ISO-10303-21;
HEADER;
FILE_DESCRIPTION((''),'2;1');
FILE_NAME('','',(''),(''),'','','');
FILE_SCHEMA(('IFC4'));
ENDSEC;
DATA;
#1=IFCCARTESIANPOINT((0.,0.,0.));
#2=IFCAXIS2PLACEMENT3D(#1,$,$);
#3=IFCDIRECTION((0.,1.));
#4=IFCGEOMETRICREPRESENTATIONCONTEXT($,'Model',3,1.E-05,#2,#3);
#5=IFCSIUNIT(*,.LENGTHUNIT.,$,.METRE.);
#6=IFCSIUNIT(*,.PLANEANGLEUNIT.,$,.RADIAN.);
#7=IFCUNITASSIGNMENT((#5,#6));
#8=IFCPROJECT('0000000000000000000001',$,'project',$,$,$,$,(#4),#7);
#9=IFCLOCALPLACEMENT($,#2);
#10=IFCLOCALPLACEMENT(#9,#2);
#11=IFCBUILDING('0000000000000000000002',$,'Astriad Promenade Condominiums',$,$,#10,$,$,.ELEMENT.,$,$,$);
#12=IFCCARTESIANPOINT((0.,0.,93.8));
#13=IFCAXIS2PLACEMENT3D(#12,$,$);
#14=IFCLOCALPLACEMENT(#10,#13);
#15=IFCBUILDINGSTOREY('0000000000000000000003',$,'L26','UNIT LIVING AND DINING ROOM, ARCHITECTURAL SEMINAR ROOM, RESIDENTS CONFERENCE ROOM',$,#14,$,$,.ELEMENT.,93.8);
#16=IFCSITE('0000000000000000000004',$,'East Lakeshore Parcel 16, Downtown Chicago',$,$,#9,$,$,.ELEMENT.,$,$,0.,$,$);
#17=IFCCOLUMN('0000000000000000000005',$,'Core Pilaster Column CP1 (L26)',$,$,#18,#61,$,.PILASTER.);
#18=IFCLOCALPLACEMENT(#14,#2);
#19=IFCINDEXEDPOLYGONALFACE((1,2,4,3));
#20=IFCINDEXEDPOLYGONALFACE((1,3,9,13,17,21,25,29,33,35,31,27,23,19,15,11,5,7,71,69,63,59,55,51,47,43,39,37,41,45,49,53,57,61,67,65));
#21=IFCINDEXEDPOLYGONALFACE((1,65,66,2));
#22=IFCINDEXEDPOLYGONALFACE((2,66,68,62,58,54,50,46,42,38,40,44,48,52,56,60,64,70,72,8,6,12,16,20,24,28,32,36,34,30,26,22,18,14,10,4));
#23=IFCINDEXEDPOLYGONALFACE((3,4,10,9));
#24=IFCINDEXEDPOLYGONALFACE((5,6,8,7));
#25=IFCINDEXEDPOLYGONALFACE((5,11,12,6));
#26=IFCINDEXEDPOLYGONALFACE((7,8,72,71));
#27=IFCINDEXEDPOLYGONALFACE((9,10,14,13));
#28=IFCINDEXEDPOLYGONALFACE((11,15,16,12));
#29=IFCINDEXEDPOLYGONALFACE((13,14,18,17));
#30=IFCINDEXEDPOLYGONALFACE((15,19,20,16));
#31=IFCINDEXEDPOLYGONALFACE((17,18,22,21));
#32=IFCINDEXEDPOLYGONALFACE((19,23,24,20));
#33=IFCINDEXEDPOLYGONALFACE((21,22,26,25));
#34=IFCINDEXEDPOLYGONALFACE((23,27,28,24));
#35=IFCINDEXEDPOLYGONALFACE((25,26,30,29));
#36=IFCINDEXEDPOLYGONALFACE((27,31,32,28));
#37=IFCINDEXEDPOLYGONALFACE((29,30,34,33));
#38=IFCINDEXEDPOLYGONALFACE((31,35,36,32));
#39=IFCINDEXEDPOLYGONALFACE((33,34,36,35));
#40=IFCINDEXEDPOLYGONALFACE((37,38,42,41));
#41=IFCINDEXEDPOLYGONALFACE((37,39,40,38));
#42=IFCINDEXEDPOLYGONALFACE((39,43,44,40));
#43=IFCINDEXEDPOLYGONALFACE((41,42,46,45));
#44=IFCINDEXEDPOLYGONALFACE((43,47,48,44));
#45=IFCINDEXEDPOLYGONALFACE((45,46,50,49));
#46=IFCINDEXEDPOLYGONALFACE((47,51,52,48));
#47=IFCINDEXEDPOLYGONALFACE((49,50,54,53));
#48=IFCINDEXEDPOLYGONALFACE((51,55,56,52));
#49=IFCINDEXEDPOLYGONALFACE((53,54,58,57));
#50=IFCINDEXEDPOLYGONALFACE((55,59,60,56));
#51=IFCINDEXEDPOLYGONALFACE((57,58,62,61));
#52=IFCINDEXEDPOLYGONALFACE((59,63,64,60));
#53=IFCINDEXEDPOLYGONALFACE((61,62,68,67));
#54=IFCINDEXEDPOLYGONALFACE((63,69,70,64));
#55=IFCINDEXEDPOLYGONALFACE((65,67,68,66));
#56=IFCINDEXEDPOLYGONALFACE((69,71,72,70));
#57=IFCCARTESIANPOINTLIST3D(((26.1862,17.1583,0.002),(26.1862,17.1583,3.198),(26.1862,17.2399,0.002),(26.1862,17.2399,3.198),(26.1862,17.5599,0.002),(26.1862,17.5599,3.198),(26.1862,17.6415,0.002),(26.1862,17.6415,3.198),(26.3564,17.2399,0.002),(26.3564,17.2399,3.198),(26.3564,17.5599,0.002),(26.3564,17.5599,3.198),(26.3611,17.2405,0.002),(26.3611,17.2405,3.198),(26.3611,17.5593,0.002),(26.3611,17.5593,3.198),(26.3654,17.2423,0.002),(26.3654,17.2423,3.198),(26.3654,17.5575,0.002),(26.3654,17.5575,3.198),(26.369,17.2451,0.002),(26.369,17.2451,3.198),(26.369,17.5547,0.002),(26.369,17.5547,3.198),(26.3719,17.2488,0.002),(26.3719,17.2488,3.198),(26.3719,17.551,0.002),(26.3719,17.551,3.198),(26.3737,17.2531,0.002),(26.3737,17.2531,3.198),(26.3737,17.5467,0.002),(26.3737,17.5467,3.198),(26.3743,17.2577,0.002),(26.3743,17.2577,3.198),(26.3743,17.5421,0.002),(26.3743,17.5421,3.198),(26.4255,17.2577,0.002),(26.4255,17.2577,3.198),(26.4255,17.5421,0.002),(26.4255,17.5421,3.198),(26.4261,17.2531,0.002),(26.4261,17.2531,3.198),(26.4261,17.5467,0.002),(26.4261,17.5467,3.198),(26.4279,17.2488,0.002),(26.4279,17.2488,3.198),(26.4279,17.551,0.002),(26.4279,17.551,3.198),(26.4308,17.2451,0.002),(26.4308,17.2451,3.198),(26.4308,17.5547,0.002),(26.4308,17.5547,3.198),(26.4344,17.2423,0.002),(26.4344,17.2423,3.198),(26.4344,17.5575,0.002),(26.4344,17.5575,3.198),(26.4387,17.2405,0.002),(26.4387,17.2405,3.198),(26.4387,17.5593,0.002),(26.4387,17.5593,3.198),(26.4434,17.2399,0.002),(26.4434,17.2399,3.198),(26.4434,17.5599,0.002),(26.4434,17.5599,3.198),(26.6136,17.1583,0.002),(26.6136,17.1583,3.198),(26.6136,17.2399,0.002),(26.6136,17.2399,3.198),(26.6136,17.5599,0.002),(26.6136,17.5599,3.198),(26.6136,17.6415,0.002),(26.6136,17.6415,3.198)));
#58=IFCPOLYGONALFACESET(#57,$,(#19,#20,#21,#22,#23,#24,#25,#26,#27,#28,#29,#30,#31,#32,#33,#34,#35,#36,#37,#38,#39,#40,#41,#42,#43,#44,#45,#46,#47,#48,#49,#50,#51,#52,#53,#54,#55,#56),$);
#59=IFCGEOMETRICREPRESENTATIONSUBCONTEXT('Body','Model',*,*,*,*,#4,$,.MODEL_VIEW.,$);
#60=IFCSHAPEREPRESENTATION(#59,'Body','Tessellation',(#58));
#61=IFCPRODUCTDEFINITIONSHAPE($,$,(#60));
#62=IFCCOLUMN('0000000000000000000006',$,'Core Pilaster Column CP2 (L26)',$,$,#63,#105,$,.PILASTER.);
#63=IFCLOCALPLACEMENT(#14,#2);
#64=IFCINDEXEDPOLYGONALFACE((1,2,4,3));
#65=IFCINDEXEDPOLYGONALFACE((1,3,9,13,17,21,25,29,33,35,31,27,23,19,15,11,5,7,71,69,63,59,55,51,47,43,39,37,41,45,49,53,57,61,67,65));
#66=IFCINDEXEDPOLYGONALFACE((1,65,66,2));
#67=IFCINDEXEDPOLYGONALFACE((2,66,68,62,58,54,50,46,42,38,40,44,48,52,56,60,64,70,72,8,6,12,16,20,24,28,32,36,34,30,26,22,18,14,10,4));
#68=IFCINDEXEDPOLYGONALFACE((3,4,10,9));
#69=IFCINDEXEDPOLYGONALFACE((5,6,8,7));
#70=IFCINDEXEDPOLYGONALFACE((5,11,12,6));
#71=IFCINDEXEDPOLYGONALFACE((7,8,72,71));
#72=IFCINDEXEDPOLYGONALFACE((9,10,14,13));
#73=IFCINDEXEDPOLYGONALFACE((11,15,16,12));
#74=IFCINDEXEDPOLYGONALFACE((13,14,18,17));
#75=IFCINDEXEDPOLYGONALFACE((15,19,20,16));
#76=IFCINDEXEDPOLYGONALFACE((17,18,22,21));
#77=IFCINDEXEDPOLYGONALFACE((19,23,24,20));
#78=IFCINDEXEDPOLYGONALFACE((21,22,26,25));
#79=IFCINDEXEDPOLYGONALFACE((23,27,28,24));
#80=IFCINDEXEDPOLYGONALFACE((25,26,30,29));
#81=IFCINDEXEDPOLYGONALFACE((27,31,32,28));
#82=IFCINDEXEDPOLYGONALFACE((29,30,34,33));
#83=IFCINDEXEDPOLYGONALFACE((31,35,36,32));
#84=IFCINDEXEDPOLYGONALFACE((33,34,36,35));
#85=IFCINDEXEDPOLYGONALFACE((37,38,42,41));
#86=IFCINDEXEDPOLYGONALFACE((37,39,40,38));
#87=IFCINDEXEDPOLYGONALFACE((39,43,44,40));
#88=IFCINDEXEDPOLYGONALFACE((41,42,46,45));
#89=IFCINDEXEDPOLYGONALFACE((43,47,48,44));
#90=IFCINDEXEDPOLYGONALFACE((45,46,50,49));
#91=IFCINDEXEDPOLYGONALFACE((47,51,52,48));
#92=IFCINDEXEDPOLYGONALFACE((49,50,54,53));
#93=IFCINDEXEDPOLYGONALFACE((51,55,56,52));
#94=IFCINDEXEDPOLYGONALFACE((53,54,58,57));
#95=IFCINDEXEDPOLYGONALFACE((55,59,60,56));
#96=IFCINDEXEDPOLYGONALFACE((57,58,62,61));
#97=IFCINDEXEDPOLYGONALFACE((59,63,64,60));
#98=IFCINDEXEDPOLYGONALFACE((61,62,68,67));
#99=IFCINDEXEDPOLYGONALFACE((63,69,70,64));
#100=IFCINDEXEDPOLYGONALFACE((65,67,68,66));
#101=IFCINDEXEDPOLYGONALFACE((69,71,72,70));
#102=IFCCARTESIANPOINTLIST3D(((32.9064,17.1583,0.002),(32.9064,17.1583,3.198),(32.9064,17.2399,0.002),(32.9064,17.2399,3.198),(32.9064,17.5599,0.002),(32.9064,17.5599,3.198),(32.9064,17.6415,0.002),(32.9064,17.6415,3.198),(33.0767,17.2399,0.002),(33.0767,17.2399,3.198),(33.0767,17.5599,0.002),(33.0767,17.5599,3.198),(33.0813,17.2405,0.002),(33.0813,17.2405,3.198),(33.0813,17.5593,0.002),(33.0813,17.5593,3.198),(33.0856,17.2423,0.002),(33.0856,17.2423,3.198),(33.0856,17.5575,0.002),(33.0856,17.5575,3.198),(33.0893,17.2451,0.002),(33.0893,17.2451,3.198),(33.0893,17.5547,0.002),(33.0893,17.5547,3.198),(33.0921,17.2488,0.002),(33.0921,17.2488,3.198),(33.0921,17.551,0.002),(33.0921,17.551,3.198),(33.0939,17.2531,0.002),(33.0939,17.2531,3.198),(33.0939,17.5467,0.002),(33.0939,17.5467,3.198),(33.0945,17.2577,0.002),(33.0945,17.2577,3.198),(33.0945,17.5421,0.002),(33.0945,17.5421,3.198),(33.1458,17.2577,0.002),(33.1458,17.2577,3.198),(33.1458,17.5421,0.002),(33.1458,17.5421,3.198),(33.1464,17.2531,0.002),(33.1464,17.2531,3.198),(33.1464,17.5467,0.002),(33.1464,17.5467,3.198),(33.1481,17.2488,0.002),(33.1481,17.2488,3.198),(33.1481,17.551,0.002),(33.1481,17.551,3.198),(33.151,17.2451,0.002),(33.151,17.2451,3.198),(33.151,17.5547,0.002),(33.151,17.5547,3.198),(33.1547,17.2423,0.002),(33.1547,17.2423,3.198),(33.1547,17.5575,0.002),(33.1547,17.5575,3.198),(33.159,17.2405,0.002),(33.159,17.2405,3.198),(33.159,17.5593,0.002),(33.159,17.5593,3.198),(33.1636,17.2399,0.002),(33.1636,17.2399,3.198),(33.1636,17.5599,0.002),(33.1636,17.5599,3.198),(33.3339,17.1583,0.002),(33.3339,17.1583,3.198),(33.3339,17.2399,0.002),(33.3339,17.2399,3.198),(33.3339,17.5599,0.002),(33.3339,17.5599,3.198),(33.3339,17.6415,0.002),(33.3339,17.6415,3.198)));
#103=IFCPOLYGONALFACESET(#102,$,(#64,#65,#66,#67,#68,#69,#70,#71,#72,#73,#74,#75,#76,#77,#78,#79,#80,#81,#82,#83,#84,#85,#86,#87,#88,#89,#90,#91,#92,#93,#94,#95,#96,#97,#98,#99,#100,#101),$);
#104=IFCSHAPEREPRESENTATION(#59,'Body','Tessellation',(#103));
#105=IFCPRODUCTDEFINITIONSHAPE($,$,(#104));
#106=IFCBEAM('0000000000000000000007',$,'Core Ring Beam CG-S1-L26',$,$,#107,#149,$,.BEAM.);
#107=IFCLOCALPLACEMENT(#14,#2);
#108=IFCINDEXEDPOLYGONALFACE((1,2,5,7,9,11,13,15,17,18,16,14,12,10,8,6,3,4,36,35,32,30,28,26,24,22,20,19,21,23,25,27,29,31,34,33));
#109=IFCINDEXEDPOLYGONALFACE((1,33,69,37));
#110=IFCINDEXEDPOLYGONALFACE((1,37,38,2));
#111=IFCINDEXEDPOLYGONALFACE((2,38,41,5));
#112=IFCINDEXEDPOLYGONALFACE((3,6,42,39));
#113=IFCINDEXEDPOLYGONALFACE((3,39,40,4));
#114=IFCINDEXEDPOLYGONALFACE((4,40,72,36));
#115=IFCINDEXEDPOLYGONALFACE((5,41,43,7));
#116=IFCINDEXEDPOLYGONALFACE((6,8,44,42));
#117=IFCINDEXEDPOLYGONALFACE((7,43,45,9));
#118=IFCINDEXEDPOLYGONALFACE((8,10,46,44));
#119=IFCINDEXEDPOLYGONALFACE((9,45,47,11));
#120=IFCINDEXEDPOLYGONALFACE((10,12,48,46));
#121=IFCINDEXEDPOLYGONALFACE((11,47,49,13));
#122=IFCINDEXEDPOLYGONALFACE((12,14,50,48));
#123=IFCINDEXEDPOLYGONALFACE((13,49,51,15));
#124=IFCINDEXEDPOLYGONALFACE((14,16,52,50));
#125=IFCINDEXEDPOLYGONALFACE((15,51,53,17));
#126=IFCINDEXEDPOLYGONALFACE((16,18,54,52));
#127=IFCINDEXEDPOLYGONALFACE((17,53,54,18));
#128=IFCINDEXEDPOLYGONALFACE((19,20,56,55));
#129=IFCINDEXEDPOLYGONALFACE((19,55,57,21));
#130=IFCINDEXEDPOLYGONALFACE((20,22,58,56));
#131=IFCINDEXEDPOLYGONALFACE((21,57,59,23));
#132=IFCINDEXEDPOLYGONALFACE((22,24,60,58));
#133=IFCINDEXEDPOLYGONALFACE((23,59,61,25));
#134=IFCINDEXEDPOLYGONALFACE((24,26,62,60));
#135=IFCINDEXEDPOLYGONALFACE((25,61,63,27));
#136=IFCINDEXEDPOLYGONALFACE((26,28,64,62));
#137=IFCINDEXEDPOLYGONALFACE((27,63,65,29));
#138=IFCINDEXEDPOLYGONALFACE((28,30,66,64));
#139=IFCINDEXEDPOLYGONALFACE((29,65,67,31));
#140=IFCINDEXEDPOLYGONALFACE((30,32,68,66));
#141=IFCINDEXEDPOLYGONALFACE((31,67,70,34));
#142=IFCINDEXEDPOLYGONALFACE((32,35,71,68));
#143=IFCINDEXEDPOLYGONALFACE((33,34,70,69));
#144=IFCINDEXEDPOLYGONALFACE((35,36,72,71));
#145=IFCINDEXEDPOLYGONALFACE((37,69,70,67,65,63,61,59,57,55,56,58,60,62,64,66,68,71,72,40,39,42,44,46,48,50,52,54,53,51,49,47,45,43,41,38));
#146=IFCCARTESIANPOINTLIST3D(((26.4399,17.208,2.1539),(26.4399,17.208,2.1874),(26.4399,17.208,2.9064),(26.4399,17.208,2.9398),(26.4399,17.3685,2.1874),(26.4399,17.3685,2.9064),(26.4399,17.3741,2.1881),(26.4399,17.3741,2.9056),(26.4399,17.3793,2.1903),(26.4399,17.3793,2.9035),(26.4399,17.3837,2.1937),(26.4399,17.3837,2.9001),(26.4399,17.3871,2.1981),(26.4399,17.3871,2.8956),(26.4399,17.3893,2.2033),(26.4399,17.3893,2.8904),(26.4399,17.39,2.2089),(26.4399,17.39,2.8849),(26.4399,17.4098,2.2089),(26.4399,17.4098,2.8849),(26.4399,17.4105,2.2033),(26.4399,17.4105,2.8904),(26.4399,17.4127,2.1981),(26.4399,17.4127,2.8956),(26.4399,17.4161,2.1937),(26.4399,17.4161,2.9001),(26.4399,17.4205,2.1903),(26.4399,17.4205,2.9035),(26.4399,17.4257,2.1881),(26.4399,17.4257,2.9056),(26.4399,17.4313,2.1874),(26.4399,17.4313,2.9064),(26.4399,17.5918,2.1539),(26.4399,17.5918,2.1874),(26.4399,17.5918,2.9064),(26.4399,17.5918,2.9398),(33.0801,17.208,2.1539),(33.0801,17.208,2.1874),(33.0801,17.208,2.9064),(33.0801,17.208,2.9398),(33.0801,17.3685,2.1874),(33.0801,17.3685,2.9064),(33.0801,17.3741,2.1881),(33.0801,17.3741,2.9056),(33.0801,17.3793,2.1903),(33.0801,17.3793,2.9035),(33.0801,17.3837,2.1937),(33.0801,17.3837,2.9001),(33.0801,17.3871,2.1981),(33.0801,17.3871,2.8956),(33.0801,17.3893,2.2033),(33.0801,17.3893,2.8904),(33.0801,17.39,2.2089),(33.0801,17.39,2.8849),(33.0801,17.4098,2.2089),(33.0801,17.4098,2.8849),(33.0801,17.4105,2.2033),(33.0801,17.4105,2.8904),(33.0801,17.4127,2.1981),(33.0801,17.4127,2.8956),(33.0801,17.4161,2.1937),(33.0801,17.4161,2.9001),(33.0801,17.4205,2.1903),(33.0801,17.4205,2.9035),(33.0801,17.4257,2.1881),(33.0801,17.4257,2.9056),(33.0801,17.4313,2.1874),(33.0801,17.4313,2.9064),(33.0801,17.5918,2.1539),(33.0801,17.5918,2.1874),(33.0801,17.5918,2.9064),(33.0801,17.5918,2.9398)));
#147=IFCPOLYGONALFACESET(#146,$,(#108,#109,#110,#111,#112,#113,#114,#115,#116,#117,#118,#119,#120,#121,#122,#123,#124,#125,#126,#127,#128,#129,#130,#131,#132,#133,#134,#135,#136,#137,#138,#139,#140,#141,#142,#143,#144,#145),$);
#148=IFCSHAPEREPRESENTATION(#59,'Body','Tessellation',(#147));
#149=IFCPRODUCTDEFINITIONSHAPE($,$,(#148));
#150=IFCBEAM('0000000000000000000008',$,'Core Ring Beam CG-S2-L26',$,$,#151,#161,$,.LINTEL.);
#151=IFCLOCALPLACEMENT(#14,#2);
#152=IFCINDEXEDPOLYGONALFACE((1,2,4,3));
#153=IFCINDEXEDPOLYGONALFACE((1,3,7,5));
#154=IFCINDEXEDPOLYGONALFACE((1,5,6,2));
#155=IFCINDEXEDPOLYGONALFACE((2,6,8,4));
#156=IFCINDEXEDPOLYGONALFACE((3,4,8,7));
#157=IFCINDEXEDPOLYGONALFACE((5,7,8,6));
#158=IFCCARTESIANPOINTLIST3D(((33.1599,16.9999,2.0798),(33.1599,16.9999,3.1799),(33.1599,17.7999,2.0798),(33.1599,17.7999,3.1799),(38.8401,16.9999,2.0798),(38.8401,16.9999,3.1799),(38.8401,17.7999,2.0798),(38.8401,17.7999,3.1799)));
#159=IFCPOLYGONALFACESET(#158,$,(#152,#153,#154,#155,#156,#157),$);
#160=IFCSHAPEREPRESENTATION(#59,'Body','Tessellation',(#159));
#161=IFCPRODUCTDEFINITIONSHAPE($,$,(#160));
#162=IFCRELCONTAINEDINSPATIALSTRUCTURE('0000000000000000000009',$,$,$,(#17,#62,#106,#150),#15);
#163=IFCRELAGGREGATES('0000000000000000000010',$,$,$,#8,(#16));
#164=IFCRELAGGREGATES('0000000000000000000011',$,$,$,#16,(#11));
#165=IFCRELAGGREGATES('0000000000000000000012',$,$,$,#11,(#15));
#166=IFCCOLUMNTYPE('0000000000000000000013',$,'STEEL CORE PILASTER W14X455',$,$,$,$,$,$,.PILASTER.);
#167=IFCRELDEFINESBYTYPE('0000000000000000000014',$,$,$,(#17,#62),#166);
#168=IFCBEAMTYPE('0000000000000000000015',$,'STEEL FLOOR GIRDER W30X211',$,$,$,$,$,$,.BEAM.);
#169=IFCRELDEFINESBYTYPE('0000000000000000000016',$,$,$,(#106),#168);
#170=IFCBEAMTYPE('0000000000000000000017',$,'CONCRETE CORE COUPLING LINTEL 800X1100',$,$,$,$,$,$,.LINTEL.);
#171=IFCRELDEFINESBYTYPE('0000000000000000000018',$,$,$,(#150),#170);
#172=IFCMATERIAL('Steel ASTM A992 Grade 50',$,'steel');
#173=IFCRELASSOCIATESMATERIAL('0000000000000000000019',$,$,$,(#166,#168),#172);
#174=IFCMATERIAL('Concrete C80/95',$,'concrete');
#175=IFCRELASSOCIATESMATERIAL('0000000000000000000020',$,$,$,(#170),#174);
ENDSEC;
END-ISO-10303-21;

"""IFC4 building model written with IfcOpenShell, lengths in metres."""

from ifc_helpers import new_model, si_unit, direction, frame, origin, origin_2d, place, context, subcontext, project, spatial, rectangle, i_section, extrude, source, transform, mapped, material, material_profile, profile_set, type_object, type_shapes, element, save


model = new_model("IFC4")

# Units and contexts
model_context = context("Model", 3, precision=1e-05, world=origin(), true_north=direction((0.0, 1.0)))
body_context = subcontext(model_context, "Body", "Model", "MODEL_VIEW")
ifc_project = project(units=[si_unit("LENGTHUNIT", "METRE"), si_unit("PLANEANGLEUNIT", "RADIAN")], contexts=[model_context])

# Site, building, storey
site_placement = place(None, origin())
site = spatial("IfcSite", under=ifc_project, at=site_placement, Name="East Lakeshore Parcel 16, Downtown Chicago", CompositionType="ELEMENT", RefElevation=0.0)
building_placement = place(site_placement, origin())
building = spatial("IfcBuilding", under=site, at=building_placement, Name="Astriad Promenade Condominiums", CompositionType="ELEMENT")
storey_placement = place(building_placement, frame((0.0, 0.0, 93.8)))
storey = spatial("IfcBuildingStorey", under=building, at=storey_placement, Name="L26", Description="UNIT LIVING AND DINING ROOM, ARCHITECTURAL SEMINAR ROOM, RESIDENTS CONFERENCE ROOM", CompositionType="ELEMENT", Elevation=93.8)

# Columns
ifc_material_1 = material(Name="Steel ASTM A992 Grade 50", Category="steel")
ifc_material_profile_1 = material_profile(ifc_material_1, i_section(OverallWidth=0.4275, OverallDepth=0.4832, WebThickness=0.0513, FlangeThickness=0.0815, FilletRadius=0.0178, at=origin_2d()), Name="W14X455")
ifc_profile_set_1 = profile_set([ifc_material_profile_1], Name="Steel ASTM A992 Grade 50")
column_type = type_object("IfcColumnType", Name="STEEL CORE PILASTER W14X455", PredefinedType="PILASTER", material=ifc_profile_set_1)
shared_shape_1 = source(origin(), body_context, "Body", "SweptSolid", [
    extrude(i_section(OverallWidth=0.4275, OverallDepth=0.4832, WebThickness=0.0513, FlangeThickness=0.0815, FilletRadius=0.0178, at=origin_2d()), origin(), (0.0, 0.0, 1.0), 3.196),
])
type_shapes(column_type, [shared_shape_1])
for number, where, z_axis, x_axis, name in (
    (1, (26.3999, 17.3999, 0.002), (0.0, 0.0, 1.0), (1.0, 0.0, 0.0), "Core Pilaster Column CP1 (L26)"),
    (2, (33.1201, 17.3999, 0.002), (0.0, 0.0, 1.0), (1.0, 0.0, 0.0), "Core Pilaster Column CP2 (L26)"),
):
    element("IfcColumn", number, at=place(storey_placement, frame(where, z_axis=z_axis, x_axis=x_axis)), inside=storey, type_object=column_type, Name=name, PredefinedType="PILASTER", context=body_context, shape_type="MappedRepresentation", body=[
        mapped(shared_shape_1, transform((0.0, 0.0, 0.0), scale=1.0)),
    ])

# Beams
ifc_material_profile_2 = material_profile(ifc_material_1, i_section(OverallWidth=0.3838, OverallDepth=0.7859, WebThickness=0.0198, FlangeThickness=0.0334, FilletRadius=0.0215, at=origin_2d()), Name="W30X211")
ifc_profile_set_2 = profile_set([ifc_material_profile_2], Name="Steel ASTM A992 Grade 50")
beam_type_1 = type_object("IfcBeamType", Name="STEEL FLOOR GIRDER W30X211", PredefinedType="BEAM", material=ifc_profile_set_2)
shared_shape_2 = source(origin(), body_context, "Body", "SweptSolid", [
    extrude(i_section(OverallWidth=0.3838, OverallDepth=0.7859, WebThickness=0.0198, FlangeThickness=0.0334, FilletRadius=0.0215, at=origin_2d()), origin(), (0.0, 0.0, 1.0), 6.6401),
])
type_shapes(beam_type_1, [shared_shape_2])
beam_1_placement = place(storey_placement, frame((26.4399, 17.3999, 2.5469), z_axis=(1.0, 0.0, 0.0), x_axis=(0.0, 1.0, 0.0)))
element("IfcBeam", 3, at=beam_1_placement, inside=storey, type_object=beam_type_1, Name="Core Ring Beam CG-S1-L26", PredefinedType="BEAM", context=body_context, shape_type="MappedRepresentation", body=[
    mapped(shared_shape_2, transform((0.0, 0.0, 0.0), scale=1.0)),
])
ifc_material_2 = material(Name="Concrete C80/95", Category="concrete")
ifc_material_profile_3 = material_profile(ifc_material_2, rectangle(XDim=0.8, YDim=1.1001, at=origin_2d()), Name="RC-BM-800X1100")
ifc_profile_set_3 = profile_set([ifc_material_profile_3], Name="Concrete C80/95")
beam_type_2 = type_object("IfcBeamType", Name="CONCRETE CORE COUPLING LINTEL 800X1100", PredefinedType="LINTEL", material=ifc_profile_set_3)
shared_shape_3 = source(origin(), body_context, "Body", "SweptSolid", [
    extrude(rectangle(XDim=0.8, YDim=1.1001, at=origin_2d()), origin(), (0.0, 0.0, 1.0), 5.6802),
])
type_shapes(beam_type_2, [shared_shape_3])
beam_2_placement = place(storey_placement, frame((33.1599, 17.3999, 2.6299), z_axis=(1.0, 0.0, 0.0), x_axis=(0.0, 1.0, 0.0)))
element("IfcBeam", 4, at=beam_2_placement, inside=storey, type_object=beam_type_2, Name="Core Ring Beam CG-S2-L26", PredefinedType="LINTEL", context=body_context, shape_type="MappedRepresentation", body=[
    mapped(shared_shape_3, transform((0.0, 0.0, 0.0), scale=1.0)),
])

save(model, "model.ifc")
